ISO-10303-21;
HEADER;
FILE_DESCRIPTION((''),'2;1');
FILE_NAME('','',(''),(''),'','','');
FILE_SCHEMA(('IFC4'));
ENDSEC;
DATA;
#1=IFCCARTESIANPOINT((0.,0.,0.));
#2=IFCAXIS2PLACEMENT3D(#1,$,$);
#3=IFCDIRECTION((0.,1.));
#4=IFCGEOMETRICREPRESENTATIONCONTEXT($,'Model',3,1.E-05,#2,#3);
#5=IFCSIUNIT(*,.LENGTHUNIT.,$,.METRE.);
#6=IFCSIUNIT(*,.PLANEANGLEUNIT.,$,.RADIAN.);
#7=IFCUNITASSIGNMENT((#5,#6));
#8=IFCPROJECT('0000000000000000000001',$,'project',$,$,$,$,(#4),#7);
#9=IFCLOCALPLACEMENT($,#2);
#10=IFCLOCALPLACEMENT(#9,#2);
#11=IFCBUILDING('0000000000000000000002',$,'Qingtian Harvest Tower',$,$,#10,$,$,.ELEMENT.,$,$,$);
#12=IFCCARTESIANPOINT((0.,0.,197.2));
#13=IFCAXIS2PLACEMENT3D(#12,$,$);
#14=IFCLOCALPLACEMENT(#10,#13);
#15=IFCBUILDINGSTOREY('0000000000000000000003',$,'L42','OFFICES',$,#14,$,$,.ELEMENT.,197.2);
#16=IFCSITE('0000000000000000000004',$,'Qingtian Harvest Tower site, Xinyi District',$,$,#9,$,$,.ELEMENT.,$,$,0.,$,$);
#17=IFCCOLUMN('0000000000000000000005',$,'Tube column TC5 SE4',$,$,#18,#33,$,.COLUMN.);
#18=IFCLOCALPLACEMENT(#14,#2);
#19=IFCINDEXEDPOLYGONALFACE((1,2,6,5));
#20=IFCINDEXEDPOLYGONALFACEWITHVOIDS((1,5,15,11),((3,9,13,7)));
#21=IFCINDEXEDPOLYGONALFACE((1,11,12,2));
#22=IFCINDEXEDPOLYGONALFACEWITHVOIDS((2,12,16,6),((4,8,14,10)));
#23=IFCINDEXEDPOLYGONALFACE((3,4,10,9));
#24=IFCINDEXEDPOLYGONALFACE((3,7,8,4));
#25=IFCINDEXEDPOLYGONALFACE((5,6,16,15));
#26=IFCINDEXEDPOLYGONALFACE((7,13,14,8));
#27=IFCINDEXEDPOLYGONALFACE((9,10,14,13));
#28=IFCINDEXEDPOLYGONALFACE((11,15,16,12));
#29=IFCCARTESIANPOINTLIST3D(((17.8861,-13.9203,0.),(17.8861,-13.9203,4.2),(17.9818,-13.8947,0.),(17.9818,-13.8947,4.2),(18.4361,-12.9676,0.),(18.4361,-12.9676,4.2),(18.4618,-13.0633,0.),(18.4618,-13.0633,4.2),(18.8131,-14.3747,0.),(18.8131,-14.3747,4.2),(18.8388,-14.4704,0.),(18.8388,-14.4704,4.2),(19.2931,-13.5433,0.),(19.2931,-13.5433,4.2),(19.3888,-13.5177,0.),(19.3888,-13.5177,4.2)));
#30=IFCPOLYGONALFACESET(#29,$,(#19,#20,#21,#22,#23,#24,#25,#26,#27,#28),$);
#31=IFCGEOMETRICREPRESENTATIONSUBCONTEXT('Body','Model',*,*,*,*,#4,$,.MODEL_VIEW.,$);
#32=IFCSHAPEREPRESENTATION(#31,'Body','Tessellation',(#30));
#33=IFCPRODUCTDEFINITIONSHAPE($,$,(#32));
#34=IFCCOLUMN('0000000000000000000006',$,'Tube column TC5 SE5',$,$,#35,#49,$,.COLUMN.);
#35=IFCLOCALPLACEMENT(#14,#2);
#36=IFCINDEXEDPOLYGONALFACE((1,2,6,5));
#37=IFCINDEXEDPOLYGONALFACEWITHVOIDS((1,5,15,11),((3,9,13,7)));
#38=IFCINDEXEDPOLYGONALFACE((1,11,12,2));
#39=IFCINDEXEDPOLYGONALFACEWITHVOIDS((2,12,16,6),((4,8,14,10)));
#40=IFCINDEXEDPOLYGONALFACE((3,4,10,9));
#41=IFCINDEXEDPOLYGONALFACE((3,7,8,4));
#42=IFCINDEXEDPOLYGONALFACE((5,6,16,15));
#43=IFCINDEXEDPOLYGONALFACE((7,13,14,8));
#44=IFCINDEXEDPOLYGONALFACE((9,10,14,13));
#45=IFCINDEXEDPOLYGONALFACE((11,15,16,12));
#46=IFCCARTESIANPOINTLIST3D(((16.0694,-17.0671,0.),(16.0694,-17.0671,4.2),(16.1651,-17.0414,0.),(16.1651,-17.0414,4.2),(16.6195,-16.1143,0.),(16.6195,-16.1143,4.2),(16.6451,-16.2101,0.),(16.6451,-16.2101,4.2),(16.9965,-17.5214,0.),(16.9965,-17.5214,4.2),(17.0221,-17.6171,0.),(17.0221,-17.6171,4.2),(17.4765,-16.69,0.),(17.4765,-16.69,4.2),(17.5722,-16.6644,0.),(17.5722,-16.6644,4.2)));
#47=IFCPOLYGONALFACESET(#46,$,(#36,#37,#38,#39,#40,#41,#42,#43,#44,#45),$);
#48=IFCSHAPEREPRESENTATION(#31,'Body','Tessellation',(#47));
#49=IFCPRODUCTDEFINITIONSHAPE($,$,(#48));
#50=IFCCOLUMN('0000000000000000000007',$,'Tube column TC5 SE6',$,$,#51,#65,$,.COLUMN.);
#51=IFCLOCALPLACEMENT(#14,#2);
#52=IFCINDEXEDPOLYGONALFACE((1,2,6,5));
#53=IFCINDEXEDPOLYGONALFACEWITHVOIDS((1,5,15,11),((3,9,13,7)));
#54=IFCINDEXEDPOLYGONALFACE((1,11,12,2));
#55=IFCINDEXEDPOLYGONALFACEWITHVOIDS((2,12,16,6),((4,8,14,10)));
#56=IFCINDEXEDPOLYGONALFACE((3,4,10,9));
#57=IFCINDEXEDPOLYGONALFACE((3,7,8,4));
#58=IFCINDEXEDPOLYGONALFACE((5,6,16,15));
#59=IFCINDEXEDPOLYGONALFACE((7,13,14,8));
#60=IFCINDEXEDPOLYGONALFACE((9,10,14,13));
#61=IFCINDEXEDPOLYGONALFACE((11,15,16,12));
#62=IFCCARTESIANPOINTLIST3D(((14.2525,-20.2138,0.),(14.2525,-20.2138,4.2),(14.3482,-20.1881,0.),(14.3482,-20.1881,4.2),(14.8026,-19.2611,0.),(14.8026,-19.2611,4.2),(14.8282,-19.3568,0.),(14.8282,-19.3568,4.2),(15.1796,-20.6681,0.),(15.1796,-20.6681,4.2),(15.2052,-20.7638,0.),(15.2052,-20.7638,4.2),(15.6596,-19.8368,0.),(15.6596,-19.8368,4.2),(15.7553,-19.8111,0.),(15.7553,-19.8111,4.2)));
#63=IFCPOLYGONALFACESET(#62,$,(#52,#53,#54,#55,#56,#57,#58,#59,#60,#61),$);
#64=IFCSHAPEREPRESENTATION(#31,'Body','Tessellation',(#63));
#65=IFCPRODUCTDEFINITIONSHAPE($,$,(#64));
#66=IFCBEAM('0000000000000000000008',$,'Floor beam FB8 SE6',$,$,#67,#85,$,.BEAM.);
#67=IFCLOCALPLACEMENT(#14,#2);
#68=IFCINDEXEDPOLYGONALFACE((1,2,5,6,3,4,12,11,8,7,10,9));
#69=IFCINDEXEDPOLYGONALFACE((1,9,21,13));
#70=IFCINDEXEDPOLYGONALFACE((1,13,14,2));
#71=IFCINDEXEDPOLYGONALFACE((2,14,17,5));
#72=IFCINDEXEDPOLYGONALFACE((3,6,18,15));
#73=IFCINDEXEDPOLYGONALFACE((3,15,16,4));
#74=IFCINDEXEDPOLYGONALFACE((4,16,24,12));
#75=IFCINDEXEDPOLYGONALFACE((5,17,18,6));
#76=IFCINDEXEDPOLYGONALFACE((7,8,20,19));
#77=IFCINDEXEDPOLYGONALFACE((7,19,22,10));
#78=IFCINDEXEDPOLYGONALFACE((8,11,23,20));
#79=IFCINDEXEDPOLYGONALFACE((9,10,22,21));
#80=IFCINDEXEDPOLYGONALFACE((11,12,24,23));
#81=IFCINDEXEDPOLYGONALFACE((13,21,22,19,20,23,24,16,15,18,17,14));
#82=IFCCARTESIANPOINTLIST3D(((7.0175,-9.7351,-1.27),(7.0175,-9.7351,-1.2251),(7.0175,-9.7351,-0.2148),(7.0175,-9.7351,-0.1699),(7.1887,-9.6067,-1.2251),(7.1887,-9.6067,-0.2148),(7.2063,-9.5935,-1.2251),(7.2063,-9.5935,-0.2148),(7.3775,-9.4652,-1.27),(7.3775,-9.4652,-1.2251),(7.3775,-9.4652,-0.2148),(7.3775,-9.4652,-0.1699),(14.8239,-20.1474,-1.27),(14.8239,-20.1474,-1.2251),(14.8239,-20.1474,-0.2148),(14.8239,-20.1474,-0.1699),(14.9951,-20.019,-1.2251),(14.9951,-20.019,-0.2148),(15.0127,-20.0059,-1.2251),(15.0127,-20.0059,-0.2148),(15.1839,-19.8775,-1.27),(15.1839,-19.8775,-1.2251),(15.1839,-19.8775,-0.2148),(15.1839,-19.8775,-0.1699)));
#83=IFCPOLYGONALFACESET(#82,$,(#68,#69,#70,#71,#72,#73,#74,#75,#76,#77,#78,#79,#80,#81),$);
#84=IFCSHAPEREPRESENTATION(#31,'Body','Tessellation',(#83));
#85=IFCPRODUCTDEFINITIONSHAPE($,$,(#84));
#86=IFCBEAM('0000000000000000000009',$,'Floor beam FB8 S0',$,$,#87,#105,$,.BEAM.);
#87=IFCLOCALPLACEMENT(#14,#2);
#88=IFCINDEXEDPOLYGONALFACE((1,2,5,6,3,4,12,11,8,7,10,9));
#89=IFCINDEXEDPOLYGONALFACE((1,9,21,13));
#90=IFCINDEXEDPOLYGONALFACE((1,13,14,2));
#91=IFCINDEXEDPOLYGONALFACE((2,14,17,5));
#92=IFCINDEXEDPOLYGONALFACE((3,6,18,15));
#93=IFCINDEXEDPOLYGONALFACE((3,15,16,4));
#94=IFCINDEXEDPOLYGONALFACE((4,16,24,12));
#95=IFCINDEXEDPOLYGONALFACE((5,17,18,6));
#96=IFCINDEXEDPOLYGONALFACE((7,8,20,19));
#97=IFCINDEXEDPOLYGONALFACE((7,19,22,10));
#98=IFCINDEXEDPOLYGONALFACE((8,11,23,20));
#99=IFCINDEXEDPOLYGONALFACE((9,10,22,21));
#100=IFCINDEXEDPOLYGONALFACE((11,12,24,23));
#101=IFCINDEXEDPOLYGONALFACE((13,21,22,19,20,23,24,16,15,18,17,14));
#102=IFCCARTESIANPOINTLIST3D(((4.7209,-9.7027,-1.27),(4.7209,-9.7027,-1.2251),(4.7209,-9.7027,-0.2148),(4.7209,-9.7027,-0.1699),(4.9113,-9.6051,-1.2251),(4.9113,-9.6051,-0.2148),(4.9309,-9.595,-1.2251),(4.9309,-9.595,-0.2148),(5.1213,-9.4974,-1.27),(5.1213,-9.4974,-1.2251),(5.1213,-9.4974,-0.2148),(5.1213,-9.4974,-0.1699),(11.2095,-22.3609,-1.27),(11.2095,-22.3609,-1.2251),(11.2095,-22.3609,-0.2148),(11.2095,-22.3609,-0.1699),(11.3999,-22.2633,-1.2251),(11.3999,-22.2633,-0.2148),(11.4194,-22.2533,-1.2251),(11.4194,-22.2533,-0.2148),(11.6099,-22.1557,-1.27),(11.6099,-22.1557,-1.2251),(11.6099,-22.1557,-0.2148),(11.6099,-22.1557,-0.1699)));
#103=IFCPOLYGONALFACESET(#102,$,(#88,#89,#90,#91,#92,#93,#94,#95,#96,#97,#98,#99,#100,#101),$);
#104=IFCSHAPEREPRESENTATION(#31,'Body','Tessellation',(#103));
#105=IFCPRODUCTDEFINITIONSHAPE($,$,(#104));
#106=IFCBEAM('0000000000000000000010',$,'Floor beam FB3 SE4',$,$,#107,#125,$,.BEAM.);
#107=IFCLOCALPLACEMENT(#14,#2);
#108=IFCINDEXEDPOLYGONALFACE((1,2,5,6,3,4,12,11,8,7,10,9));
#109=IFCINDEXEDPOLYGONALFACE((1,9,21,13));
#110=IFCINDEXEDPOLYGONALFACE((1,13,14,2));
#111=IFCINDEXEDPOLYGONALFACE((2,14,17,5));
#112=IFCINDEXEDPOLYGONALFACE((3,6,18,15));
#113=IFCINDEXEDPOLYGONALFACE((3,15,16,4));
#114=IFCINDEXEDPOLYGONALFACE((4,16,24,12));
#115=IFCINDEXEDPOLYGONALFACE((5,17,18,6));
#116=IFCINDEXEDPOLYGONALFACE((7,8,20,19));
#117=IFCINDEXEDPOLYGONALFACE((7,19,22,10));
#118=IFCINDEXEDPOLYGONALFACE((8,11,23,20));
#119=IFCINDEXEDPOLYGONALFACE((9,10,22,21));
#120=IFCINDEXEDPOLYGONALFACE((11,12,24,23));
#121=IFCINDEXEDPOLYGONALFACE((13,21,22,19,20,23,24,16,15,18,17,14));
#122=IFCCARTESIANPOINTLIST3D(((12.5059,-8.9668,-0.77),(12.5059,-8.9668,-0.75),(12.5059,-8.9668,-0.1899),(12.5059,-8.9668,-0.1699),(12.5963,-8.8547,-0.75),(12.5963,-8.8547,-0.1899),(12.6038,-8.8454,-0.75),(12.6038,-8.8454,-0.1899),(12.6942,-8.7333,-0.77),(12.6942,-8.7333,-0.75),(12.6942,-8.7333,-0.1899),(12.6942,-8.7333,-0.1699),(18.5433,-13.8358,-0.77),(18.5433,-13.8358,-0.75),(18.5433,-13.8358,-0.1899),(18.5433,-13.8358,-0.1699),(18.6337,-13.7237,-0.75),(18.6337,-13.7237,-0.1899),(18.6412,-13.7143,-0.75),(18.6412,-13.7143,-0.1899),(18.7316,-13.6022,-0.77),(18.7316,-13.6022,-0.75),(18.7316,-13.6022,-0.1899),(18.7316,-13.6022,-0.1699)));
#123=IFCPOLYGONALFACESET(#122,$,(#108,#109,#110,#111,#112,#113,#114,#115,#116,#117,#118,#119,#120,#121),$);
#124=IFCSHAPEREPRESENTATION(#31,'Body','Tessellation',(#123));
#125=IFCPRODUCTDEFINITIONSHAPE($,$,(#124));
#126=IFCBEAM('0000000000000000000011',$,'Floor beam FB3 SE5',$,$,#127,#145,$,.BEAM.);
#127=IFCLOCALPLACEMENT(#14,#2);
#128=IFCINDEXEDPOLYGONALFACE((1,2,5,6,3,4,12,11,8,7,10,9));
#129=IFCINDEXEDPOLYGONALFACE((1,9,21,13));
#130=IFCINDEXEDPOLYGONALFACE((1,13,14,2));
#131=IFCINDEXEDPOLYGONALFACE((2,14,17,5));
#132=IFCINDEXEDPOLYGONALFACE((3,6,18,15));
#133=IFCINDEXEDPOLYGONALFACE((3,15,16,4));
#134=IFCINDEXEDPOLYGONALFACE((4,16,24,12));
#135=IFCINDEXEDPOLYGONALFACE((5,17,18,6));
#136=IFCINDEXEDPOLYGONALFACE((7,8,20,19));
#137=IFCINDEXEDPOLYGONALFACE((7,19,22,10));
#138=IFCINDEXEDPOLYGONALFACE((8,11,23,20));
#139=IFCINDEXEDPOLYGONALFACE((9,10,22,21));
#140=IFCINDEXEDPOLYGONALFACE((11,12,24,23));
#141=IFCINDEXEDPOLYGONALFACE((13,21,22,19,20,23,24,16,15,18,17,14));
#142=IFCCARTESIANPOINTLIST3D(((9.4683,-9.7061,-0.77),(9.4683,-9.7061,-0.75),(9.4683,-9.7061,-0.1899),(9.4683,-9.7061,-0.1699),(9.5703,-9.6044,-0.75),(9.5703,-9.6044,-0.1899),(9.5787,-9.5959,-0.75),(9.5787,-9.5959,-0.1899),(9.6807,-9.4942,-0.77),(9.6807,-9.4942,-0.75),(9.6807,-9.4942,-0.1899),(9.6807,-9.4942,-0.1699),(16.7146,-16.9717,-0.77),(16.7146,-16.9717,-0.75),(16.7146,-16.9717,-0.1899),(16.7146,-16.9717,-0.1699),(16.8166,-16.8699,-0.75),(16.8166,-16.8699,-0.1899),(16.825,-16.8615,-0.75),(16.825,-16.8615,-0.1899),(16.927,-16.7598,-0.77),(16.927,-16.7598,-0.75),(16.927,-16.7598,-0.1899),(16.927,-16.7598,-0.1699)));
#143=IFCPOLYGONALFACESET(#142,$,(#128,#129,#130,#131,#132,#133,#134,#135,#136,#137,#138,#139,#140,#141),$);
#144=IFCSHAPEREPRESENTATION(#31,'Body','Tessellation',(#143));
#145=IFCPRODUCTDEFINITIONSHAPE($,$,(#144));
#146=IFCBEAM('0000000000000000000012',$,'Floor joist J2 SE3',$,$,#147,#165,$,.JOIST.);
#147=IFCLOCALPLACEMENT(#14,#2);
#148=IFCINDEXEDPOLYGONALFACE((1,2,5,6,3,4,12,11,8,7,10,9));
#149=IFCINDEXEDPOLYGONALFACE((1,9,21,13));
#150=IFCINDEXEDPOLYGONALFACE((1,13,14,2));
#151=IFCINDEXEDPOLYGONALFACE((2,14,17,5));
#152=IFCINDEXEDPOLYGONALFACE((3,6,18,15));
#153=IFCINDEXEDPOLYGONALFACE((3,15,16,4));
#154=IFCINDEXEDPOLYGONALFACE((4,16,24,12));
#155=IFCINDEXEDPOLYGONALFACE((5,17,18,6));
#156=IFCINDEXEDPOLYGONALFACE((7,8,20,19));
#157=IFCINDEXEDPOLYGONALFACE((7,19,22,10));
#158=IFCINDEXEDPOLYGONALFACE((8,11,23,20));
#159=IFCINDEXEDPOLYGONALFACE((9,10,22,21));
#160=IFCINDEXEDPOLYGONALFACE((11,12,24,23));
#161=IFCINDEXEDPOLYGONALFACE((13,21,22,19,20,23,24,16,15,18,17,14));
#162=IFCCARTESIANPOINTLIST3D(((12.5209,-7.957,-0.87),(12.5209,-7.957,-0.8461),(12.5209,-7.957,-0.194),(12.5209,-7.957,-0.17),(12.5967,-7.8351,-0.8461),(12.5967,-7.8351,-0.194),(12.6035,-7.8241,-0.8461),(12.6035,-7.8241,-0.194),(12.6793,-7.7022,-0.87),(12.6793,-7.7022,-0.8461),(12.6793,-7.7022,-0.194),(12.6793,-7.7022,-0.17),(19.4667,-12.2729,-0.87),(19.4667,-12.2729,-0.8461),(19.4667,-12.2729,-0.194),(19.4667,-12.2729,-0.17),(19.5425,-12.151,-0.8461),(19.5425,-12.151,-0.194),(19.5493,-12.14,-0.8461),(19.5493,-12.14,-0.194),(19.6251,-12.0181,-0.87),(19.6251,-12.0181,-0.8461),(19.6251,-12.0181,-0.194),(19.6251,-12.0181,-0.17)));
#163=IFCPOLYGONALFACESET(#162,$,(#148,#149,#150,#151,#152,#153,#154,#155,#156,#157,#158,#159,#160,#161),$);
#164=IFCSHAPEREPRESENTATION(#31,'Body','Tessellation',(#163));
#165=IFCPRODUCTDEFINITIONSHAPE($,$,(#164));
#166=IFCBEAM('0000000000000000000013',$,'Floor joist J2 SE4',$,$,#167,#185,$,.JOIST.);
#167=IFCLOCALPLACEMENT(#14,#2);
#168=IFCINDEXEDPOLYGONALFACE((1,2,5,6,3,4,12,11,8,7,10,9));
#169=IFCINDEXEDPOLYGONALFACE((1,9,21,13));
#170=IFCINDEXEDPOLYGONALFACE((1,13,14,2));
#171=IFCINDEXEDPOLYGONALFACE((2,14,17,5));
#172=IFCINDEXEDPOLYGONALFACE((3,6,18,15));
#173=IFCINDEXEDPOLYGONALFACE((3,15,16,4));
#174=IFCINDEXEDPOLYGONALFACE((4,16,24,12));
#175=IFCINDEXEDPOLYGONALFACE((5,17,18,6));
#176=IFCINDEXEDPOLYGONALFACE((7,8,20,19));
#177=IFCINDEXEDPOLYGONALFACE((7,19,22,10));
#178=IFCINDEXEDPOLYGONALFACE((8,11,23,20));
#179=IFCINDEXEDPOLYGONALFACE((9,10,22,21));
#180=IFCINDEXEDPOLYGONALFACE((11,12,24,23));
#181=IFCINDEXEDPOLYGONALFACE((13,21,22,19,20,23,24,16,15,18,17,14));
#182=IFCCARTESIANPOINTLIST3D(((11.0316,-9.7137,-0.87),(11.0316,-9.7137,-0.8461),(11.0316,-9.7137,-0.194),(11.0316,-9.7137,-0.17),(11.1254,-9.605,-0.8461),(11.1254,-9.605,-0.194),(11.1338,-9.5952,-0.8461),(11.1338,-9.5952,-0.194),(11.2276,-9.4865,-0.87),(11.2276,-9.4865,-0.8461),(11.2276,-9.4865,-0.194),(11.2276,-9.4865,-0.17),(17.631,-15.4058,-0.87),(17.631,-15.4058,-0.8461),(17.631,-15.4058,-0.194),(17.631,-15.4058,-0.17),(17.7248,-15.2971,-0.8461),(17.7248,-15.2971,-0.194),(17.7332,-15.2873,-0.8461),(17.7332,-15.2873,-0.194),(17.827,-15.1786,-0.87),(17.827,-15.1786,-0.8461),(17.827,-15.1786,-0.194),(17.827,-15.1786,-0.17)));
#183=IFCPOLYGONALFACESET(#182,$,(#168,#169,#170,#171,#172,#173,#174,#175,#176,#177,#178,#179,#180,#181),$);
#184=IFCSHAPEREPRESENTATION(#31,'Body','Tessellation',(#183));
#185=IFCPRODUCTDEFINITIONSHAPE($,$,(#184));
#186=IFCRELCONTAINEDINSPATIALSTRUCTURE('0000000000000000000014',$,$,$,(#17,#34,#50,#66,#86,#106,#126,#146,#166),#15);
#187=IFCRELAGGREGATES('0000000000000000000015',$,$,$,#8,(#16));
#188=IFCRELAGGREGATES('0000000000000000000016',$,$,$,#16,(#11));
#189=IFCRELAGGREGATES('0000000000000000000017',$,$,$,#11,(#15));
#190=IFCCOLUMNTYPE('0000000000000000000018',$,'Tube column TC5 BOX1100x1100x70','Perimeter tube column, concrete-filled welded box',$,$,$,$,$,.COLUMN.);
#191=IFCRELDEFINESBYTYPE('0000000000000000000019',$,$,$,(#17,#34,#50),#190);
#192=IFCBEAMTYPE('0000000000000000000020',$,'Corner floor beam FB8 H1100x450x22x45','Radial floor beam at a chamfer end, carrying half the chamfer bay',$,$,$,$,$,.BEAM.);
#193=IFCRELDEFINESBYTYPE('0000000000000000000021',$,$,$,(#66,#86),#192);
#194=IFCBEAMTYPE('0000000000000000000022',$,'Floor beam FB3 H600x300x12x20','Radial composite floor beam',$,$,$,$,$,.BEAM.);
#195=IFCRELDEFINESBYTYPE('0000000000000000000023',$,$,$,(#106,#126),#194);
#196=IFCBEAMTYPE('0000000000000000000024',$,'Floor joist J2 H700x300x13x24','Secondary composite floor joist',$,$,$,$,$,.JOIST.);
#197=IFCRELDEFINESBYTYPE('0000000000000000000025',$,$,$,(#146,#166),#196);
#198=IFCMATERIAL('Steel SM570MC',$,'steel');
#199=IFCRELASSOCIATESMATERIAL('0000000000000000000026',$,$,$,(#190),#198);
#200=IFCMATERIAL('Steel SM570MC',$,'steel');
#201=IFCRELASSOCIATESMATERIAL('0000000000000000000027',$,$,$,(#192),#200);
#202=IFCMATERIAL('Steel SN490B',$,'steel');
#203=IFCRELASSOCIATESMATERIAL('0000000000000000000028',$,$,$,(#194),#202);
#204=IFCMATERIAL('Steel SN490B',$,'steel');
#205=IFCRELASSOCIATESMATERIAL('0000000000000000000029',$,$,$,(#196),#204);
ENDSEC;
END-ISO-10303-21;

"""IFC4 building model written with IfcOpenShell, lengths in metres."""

from ifc_helpers import new_model, si_unit, direction, frame, origin, origin_2d, place, context, subcontext, project, spatial, hollow_rectangle, i_section, extrude, material, material_profile, profile_set, type_object, element, save


model = new_model("IFC4")

# Units and contexts
model_context = context("Model", 3, precision=1e-05, world=origin(), true_north=direction((0.0, 1.0)))
body_context = subcontext(model_context, "Body", "Model", "MODEL_VIEW")
ifc_project = project(units=[si_unit("LENGTHUNIT", "METRE"), si_unit("PLANEANGLEUNIT", "RADIAN")], contexts=[model_context])

# Site, building, storey
site_placement = place(None, origin())
site = spatial("IfcSite", under=ifc_project, at=site_placement, Name="Qingtian Harvest Tower site, Xinyi District", CompositionType="ELEMENT", RefElevation=0.0)
building_placement = place(site_placement, origin())
building = spatial("IfcBuilding", under=site, at=building_placement, Name="Qingtian Harvest Tower", CompositionType="ELEMENT")
storey_placement = place(building_placement, frame((0.0, 0.0, 197.2)))
storey = spatial("IfcBuildingStorey", under=building, at=storey_placement, Name="L42", Description="OFFICES", CompositionType="ELEMENT", Elevation=197.2)

# Columns
ifc_material_1 = material(Name="Steel SM570MC", Category="steel")
ifc_material_profile_1 = material_profile(ifc_material_1, hollow_rectangle(XDim=1.1001, YDim=1.1001, WallThickness=0.0701, at=origin_2d()), Name="BOX1100x1100x70")
ifc_profile_set_1 = profile_set([ifc_material_profile_1], Name="Steel SM570MC")
column_type = type_object("IfcColumnType", Name="Tube column TC5 BOX1100x1100x70", Description="Perimeter tube column, concrete-filled welded box", PredefinedType="COLUMN", material=ifc_profile_set_1)
for number, where, z_axis, x_axis, name in (
    (1, (18.6375, -13.719, 0.0), (0.0, 0.0, 1.0), (0.5, 0.866025, 0.0), "Tube column TC5 SE4"),
    (2, (16.8208, -16.8657, 0.0), (0.0, 0.0, 1.0), (0.5, 0.866025, 0.0), "Tube column TC5 SE5"),
    (3, (15.0039, -20.0125, 0.0), (0.0, 0.0, 1.0), (0.5, 0.866025, 0.0), "Tube column TC5 SE6"),
):
    element("IfcColumn", number, at=place(storey_placement, frame(where, z_axis=z_axis, x_axis=x_axis)), inside=storey, type_object=column_type, Name=name, PredefinedType="COLUMN", context=body_context, shape_type="SweptSolid", body=[
        extrude(hollow_rectangle(XDim=1.1001, YDim=1.1001, WallThickness=0.0701, at=origin_2d()), origin(), (0.0, 0.0, 1.0), 4.2),
    ])

# Beams
ifc_material_2 = material(Name="Steel SM570MC", Category="steel")
ifc_material_profile_2 = material_profile(ifc_material_2, i_section(OverallWidth=0.45, OverallDepth=1.1001, WebThickness=0.022, FlangeThickness=0.0449, at=origin_2d()), Name="H1100x450x22x45")
ifc_profile_set_2 = profile_set([ifc_material_profile_2], Name="Steel SM570MC")
beam_type_1 = type_object("IfcBeamType", Name="Corner floor beam FB8 H1100x450x22x45", Description="Radial floor beam at a chamfer end, carrying half the chamfer bay", PredefinedType="BEAM", material=ifc_profile_set_2)
beam_1_placement = place(storey_placement, frame((15.0039, -20.0125, -0.72), z_axis=(-0.599859, 0.800106, 0.0), x_axis=(-0.800106, -0.599859, 0.0)))
element("IfcBeam", 4, at=beam_1_placement, inside=storey, type_object=beam_type_1, Name="Floor beam FB8 SE6", PredefinedType="BEAM", context=body_context, shape_type="SweptSolid", body=[
    extrude(i_section(OverallWidth=0.45, OverallDepth=1.1001, WebThickness=0.022, FlangeThickness=0.0449, at=origin_2d()), origin(), (0.0, 0.0, 1.0), 13.0137),
])
beam_2_placement = place(storey_placement, frame((11.4097, -22.2583, -0.72), z_axis=(-0.456157, 0.889899, 0.0), x_axis=(-0.889899, -0.456157, 0.0)))
element("IfcBeam", 5, at=beam_2_placement, inside=storey, type_object=beam_type_1, Name="Floor beam FB8 S0", PredefinedType="BEAM", context=body_context, shape_type="SweptSolid", body=[
    extrude(i_section(OverallWidth=0.45, OverallDepth=1.1001, WebThickness=0.022, FlangeThickness=0.0449, at=origin_2d()), origin(), (0.0, 0.0, 1.0), 14.2244),
])
ifc_material_3 = material(Name="Steel SN490B", Category="steel")
ifc_material_profile_3 = material_profile(ifc_material_3, i_section(OverallWidth=0.3, OverallDepth=0.6001, WebThickness=0.012, FlangeThickness=0.02, at=origin_2d()), Name="H600x300x12x20")
ifc_profile_set_3 = profile_set([ifc_material_profile_3], Name="Steel SN490B")
beam_type_2 = type_object("IfcBeamType", Name="Floor beam FB3 H600x300x12x20", Description="Radial composite floor beam", PredefinedType="BEAM", material=ifc_profile_set_3)
beam_3_placement = place(storey_placement, frame((18.6375, -13.719, -0.47), z_axis=(-0.778409, 0.627757, 0.0), x_axis=(-0.627757, -0.778409, 0.0)))
element("IfcBeam", 6, at=beam_3_placement, inside=storey, type_object=beam_type_2, Name="Floor beam FB3 SE4", PredefinedType="BEAM", context=body_context, shape_type="SweptSolid", body=[
    extrude(i_section(OverallWidth=0.3, OverallDepth=0.6001, WebThickness=0.012, FlangeThickness=0.02, at=origin_2d()), origin(), (0.0, 0.0, 1.0), 7.7561),
])
beam_4_placement = place(storey_placement, frame((16.8208, -16.8657, -0.47), z_axis=(-0.706166, 0.708046, 0.0), x_axis=(-0.708046, -0.706166, 0.0)))
element("IfcBeam", 7, at=beam_4_placement, inside=storey, type_object=beam_type_2, Name="Floor beam FB3 SE5", PredefinedType="BEAM", context=body_context, shape_type="SweptSolid", body=[
    extrude(i_section(OverallWidth=0.3, OverallDepth=0.6001, WebThickness=0.012, FlangeThickness=0.02, at=origin_2d()), origin(), (0.0, 0.0, 1.0), 10.2615),
])
ifc_material_4 = material(Name="Steel SN490B", Category="steel")
ifc_material_profile_4 = material_profile(ifc_material_4, i_section(OverallWidth=0.3, OverallDepth=0.7, WebThickness=0.0129, FlangeThickness=0.0239, at=origin_2d()), Name="H700x300x13x24")
ifc_profile_set_4 = profile_set([ifc_material_profile_4], Name="Steel SN490B")
beam_type_3 = type_object("IfcBeamType", Name="Floor joist J2 H700x300x13x24", Description="Secondary composite floor joist", PredefinedType="JOIST", material=ifc_profile_set_4)
beam_5_placement = place(storey_placement, frame((19.5459, -12.1455, -0.52), z_axis=(-0.849381, 0.52778, 0.0), x_axis=(-0.52778, -0.849381, 0.0)))
element("IfcBeam", 8, at=beam_5_placement, inside=storey, type_object=beam_type_3, Name="Floor joist J2 SE3", PredefinedType="JOIST", context=body_context, shape_type="SweptSolid", body=[
    extrude(i_section(OverallWidth=0.3, OverallDepth=0.7, WebThickness=0.0129, FlangeThickness=0.0239, at=origin_2d()), origin(), (0.0, 0.0, 1.0), 8.1775),
])
beam_6_placement = place(storey_placement, frame((17.729, -15.2922, -0.52), z_axis=(-0.757238, 0.653139, 0.0), x_axis=(-0.653139, -0.757238, 0.0)))
element("IfcBeam", 9, at=beam_6_placement, inside=storey, type_object=beam_type_3, Name="Floor joist J2 SE4", PredefinedType="JOIST", context=body_context, shape_type="SweptSolid", body=[
    extrude(i_section(OverallWidth=0.3, OverallDepth=0.7, WebThickness=0.0129, FlangeThickness=0.0239, at=origin_2d()), origin(), (0.0, 0.0, 1.0), 8.7151),
])

save(model, "model.ifc")
